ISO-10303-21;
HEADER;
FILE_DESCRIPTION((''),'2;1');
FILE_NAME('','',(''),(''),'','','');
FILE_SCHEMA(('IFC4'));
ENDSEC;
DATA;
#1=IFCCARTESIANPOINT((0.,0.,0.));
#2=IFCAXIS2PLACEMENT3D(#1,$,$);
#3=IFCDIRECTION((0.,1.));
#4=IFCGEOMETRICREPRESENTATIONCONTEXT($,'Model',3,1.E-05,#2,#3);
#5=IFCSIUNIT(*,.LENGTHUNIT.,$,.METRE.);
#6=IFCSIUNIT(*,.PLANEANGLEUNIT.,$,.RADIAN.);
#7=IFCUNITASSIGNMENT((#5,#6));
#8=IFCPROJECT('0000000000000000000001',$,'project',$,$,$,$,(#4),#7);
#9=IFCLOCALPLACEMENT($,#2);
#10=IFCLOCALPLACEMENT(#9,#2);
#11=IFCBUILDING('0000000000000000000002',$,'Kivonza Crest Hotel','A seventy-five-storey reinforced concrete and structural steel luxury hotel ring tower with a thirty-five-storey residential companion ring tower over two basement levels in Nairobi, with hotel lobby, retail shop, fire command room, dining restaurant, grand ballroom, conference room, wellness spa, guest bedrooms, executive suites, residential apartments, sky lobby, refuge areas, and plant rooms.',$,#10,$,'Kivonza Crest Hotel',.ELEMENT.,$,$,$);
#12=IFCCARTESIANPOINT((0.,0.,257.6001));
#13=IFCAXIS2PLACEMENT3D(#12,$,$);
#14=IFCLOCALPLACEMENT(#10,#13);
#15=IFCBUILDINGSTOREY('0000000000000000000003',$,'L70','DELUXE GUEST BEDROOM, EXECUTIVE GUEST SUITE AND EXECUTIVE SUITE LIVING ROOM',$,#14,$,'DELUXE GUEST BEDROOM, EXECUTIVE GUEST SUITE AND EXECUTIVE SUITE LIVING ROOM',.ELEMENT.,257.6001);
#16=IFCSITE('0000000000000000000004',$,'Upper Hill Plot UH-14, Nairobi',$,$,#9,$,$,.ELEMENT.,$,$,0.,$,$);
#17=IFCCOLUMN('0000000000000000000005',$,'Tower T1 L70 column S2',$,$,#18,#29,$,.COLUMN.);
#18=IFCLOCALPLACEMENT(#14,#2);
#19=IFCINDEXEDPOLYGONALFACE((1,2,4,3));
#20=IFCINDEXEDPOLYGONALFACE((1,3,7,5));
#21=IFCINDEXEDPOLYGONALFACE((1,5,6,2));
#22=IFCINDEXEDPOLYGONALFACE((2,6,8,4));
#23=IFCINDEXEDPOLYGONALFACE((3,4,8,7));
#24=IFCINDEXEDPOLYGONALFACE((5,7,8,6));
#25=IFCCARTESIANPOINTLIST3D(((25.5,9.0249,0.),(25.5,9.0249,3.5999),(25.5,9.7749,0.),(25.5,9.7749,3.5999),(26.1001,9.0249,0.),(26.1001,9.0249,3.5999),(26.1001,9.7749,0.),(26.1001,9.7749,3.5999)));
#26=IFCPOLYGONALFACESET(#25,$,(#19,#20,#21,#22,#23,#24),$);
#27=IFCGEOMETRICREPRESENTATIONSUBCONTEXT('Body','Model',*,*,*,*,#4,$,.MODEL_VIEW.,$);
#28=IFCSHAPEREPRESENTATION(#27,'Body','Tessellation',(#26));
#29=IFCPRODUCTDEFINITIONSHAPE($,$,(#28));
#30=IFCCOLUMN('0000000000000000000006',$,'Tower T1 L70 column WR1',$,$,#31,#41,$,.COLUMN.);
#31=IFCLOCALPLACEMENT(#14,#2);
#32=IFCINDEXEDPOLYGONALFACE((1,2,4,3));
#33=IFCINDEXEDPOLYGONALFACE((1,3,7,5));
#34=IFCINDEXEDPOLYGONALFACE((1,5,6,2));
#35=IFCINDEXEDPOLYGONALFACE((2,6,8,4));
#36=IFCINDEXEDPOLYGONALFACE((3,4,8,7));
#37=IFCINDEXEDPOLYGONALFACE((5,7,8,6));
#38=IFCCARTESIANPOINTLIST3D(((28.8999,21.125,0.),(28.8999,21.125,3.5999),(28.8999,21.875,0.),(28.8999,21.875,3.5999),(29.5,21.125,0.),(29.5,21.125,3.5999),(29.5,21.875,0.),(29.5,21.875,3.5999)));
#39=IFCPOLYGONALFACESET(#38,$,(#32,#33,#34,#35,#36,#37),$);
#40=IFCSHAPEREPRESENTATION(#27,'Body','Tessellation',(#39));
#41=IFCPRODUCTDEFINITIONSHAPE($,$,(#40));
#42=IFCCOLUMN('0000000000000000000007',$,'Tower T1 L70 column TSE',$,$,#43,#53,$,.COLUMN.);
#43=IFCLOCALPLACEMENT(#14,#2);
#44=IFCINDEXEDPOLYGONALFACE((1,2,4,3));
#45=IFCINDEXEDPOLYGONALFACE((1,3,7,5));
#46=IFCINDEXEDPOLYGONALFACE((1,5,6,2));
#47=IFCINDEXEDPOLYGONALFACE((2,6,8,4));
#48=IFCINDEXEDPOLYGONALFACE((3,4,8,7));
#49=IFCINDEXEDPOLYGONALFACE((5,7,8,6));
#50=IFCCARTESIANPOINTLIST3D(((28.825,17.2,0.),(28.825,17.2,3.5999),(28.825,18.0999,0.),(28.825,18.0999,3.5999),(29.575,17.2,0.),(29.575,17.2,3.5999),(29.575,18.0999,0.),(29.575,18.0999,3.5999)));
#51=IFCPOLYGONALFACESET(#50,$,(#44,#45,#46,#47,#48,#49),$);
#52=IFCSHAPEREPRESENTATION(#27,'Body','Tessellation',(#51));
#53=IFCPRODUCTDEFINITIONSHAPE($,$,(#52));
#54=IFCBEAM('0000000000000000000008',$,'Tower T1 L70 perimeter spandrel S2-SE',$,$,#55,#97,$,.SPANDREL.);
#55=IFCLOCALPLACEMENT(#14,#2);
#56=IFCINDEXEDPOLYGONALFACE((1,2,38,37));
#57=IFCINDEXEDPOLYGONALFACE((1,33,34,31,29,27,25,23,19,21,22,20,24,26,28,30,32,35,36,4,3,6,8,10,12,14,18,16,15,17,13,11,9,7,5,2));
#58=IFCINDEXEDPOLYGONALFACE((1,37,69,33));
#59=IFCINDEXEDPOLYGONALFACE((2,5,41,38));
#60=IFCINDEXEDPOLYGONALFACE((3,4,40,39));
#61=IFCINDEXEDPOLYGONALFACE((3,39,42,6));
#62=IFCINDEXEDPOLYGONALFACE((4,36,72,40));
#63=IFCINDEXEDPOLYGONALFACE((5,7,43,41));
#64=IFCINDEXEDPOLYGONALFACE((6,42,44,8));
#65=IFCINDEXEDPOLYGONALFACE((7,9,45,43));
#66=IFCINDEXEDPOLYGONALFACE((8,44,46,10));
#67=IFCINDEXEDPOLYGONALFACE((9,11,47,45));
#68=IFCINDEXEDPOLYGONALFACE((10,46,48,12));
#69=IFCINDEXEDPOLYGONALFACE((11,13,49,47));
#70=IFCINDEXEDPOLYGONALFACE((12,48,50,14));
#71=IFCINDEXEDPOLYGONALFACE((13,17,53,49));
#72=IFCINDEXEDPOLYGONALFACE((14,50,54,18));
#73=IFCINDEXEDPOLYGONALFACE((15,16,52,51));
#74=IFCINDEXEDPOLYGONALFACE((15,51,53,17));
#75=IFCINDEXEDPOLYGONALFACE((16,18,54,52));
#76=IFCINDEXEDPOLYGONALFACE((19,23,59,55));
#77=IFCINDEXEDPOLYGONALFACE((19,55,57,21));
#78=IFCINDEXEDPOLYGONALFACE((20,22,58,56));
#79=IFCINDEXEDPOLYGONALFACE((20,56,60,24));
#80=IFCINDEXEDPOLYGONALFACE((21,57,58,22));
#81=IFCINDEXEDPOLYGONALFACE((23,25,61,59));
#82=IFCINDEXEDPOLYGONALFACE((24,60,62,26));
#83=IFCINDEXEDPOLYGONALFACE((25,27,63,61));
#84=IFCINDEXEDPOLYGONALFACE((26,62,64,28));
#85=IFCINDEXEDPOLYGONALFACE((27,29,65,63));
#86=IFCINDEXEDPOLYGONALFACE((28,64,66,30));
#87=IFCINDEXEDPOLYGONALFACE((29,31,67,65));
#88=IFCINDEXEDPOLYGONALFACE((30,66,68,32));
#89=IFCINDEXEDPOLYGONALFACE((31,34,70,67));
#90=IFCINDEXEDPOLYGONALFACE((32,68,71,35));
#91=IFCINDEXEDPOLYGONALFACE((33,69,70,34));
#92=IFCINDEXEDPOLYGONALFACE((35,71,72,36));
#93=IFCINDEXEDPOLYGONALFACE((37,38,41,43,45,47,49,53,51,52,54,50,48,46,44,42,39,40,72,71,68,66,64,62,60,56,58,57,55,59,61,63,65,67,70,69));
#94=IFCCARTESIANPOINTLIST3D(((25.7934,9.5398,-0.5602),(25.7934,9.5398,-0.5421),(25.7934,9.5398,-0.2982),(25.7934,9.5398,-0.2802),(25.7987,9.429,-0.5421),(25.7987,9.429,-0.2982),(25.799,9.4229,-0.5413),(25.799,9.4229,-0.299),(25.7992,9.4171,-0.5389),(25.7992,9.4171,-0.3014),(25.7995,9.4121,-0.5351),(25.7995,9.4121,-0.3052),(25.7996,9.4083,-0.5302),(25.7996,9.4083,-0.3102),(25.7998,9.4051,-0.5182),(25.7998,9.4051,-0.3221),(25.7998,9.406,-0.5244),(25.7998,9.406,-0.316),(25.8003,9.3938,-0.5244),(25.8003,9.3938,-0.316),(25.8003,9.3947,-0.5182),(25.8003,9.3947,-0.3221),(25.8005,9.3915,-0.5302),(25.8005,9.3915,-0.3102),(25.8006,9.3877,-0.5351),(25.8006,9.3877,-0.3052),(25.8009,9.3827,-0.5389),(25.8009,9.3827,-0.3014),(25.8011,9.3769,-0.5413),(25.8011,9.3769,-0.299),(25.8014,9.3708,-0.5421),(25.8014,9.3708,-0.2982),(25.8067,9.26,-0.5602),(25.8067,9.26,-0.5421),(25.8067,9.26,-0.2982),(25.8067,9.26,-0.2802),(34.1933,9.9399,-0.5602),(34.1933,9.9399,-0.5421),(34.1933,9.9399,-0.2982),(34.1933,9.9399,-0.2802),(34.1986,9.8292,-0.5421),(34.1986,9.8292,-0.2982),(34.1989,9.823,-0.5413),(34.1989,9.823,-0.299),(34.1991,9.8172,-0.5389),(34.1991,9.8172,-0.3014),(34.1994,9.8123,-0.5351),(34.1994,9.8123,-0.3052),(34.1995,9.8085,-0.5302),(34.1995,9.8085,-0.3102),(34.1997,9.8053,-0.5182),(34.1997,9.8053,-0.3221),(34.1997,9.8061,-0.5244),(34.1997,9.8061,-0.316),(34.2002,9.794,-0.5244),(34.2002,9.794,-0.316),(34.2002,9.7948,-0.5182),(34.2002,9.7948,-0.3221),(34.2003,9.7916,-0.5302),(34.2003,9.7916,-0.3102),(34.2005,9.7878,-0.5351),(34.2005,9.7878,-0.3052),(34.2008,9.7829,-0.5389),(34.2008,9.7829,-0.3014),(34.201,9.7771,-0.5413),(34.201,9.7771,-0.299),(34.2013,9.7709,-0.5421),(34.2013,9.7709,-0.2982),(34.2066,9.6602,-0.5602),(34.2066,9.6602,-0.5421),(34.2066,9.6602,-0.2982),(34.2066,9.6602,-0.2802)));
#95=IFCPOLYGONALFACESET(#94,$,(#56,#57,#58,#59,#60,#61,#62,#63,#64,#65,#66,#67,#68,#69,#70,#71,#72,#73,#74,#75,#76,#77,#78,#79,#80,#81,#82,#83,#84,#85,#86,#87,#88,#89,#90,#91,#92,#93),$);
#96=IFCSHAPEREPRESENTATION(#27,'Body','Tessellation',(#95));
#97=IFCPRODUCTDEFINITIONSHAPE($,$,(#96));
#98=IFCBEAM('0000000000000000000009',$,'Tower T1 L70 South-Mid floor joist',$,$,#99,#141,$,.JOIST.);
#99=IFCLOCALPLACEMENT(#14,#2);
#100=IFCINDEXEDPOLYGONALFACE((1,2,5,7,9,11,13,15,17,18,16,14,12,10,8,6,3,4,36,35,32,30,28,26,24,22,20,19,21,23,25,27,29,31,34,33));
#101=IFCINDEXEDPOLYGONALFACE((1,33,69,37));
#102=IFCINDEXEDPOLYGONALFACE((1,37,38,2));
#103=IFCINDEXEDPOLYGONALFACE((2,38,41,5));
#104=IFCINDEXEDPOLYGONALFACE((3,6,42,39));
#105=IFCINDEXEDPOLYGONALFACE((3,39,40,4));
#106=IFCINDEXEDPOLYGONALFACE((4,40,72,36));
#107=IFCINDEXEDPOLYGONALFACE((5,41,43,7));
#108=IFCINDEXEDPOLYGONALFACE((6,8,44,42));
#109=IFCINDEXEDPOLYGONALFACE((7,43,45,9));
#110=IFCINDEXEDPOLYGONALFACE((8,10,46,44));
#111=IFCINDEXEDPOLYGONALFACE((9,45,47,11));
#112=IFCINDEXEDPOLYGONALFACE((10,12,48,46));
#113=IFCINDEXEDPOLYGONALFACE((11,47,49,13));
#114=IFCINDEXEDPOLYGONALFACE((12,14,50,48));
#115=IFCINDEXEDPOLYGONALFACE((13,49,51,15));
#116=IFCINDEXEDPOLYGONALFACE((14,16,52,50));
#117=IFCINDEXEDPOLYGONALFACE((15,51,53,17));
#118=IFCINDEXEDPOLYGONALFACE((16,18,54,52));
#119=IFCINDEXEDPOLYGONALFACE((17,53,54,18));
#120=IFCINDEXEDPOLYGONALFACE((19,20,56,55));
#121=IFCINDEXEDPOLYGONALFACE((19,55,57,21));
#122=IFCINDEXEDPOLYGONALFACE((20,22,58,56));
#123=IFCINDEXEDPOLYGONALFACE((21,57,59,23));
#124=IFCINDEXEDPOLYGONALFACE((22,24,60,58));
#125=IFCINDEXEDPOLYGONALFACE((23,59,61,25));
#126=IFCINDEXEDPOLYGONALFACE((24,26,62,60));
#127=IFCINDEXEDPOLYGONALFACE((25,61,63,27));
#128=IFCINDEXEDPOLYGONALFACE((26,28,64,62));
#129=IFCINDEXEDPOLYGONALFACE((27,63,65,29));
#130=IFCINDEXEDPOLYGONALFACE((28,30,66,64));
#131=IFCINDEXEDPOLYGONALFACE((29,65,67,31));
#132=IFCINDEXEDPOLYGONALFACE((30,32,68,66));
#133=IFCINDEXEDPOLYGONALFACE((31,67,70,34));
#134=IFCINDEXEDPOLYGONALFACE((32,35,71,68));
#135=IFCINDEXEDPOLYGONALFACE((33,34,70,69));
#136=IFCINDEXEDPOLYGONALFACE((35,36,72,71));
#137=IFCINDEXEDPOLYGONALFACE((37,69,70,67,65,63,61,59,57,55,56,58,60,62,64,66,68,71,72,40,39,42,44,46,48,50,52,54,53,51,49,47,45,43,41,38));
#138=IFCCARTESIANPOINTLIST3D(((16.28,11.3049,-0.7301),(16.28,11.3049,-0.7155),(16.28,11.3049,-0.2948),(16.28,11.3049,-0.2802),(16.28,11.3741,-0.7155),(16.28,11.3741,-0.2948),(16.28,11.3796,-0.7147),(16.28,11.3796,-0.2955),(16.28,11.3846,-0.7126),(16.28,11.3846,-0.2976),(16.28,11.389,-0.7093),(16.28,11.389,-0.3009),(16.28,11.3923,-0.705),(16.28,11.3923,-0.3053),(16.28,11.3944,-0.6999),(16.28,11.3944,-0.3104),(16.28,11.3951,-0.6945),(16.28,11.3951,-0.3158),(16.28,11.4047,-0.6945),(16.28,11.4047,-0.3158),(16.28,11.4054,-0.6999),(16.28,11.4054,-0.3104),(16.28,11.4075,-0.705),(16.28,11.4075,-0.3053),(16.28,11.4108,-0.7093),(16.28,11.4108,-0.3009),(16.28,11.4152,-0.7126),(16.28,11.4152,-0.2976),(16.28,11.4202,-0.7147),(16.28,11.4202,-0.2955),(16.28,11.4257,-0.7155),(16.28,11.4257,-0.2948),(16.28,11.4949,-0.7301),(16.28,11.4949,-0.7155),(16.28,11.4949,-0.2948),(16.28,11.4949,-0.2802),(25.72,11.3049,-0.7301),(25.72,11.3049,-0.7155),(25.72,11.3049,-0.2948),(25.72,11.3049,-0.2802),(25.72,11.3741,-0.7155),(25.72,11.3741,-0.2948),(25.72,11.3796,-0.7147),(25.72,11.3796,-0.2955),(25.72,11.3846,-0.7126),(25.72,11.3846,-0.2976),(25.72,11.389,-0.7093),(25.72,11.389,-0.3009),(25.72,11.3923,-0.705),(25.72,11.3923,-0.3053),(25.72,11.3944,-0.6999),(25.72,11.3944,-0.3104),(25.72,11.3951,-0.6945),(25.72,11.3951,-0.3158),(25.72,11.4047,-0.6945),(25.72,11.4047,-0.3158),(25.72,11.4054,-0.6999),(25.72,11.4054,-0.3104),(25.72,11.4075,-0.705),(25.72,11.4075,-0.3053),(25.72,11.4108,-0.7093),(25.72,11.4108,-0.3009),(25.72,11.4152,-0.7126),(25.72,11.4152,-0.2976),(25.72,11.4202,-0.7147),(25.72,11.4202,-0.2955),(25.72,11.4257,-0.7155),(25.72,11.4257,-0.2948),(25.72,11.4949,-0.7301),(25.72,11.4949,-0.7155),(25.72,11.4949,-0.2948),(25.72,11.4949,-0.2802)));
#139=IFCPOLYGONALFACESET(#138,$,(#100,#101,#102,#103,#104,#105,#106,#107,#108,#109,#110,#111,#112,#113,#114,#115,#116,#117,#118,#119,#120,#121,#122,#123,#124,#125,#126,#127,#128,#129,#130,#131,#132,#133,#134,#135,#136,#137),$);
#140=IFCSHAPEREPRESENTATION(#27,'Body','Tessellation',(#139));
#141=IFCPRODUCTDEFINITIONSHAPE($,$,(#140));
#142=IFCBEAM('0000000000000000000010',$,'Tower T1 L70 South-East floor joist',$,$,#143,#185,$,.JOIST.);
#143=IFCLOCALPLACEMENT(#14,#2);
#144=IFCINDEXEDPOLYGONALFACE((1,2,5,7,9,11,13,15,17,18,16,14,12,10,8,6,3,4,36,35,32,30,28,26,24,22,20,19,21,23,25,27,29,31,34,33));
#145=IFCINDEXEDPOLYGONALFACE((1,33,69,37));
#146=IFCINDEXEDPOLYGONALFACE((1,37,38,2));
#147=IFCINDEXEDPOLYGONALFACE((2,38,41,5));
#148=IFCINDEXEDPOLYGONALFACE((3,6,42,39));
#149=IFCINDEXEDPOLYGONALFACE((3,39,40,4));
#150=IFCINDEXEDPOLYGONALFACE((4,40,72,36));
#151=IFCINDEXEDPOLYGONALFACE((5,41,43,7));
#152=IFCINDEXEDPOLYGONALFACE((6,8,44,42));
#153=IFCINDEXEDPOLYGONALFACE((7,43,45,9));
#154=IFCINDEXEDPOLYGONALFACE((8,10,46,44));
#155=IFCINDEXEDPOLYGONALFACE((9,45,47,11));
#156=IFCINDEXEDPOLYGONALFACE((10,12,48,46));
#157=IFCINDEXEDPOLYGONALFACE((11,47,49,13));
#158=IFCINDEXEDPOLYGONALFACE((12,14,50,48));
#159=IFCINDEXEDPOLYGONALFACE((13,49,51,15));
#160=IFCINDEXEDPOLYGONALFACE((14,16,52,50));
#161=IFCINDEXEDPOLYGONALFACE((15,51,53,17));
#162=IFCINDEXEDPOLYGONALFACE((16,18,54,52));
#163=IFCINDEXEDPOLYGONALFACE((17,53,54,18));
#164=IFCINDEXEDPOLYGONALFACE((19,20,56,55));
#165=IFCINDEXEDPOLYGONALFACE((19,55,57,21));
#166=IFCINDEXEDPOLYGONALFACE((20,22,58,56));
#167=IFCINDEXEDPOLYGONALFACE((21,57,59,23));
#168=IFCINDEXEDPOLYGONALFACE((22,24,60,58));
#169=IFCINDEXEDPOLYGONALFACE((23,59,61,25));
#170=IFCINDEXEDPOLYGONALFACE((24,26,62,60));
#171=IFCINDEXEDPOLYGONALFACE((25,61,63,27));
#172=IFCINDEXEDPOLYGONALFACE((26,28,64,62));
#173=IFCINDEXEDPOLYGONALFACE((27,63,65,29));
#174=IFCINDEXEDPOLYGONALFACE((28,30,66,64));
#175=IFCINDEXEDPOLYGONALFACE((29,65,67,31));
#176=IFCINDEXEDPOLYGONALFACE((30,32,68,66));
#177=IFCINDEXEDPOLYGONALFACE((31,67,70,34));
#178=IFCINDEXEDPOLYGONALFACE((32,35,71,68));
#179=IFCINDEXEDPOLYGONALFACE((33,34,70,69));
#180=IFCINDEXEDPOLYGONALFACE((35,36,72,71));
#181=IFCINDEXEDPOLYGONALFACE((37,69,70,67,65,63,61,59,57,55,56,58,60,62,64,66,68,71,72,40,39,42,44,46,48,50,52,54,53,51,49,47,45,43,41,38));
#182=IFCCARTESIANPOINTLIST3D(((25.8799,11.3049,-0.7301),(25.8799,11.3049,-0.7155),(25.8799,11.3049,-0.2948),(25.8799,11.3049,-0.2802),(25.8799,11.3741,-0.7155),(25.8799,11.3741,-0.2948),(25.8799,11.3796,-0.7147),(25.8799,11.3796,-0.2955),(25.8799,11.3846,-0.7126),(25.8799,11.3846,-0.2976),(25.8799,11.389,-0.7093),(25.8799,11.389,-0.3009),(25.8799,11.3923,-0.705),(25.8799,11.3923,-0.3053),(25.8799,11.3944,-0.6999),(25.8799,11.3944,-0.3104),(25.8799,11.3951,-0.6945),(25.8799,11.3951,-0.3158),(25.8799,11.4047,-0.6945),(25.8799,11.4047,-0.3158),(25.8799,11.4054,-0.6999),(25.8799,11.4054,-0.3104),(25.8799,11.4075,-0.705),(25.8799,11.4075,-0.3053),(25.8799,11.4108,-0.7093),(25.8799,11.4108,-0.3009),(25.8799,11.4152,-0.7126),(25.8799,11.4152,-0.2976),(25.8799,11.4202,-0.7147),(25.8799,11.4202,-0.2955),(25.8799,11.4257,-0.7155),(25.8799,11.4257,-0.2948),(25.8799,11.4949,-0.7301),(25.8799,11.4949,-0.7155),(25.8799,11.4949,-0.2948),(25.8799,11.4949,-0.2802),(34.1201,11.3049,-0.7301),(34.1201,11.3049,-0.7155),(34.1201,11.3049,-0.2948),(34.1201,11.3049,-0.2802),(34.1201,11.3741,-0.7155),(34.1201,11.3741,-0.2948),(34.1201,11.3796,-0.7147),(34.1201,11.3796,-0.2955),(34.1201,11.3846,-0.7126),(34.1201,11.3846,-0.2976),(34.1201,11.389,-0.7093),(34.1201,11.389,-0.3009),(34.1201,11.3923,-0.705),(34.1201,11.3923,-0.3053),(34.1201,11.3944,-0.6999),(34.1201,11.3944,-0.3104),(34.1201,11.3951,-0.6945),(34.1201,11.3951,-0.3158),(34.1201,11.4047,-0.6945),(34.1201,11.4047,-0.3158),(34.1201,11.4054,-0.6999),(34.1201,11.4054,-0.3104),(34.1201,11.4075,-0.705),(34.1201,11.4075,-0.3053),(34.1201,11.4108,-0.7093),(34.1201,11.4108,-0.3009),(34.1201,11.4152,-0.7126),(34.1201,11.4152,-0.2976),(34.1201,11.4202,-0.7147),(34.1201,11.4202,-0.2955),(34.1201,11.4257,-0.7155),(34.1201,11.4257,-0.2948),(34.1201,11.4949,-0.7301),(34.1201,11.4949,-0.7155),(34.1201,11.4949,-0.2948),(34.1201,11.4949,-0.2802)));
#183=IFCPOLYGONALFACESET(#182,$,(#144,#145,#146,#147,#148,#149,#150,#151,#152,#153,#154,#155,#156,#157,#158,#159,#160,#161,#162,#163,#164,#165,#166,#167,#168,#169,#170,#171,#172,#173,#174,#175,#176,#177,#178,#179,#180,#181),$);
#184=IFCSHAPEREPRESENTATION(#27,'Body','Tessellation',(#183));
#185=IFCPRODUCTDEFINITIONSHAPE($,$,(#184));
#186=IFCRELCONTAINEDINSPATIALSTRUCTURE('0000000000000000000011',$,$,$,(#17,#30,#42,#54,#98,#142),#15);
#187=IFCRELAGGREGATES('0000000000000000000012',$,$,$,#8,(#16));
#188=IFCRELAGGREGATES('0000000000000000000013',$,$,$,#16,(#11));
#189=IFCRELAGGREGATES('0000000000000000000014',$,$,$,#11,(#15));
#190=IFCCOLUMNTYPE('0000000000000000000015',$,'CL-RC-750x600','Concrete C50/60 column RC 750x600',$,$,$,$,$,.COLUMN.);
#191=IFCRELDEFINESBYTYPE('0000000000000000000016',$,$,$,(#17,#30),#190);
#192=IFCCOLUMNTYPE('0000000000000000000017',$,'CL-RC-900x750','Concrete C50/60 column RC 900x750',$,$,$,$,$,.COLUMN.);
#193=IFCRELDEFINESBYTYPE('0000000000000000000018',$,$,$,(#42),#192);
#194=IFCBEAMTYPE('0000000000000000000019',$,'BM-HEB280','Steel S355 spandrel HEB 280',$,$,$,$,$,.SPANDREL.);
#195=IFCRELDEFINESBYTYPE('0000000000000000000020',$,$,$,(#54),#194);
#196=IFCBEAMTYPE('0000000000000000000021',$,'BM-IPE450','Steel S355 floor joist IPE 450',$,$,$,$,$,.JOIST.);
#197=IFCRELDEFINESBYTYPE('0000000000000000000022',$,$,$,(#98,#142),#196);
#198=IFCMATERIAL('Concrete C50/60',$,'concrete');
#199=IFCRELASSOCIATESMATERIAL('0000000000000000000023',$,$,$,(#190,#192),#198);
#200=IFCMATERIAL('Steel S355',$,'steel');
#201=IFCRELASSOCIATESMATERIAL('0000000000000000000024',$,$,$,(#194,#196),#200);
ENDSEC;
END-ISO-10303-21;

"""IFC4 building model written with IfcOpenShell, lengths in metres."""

from ifc_helpers import new_model, si_unit, direction, frame, origin, origin_2d, place, context, subcontext, project, spatial, rectangle, i_section, extrude, material, material_profile, profile_set, type_object, element, save


model = new_model("IFC4")

# Units and contexts
model_context = context("Model", 3, precision=1e-05, world=origin(), true_north=direction((0.0, 1.0)))
body_context = subcontext(model_context, "Body", "Model", "MODEL_VIEW")
ifc_project = project(units=[si_unit("LENGTHUNIT", "METRE"), si_unit("PLANEANGLEUNIT", "RADIAN")], contexts=[model_context])

# Site, building, storey
site_placement = place(None, origin())
site = spatial("IfcSite", under=ifc_project, at=site_placement, Name="Upper Hill Plot UH-14, Nairobi", CompositionType="ELEMENT", RefElevation=0.0)
building_placement = place(site_placement, origin())
building = spatial("IfcBuilding", under=site, at=building_placement, Name="Kivonza Crest Hotel", Description="A seventy-five-storey reinforced concrete and structural steel luxury hotel ring tower with a thirty-five-storey residential companion ring tower over two basement levels in Nairobi, with hotel lobby, retail shop, fire command room, dining restaurant, grand ballroom, conference room, wellness spa, guest bedrooms, executive suites, residential apartments, sky lobby, refuge areas, and plant rooms.", LongName="Kivonza Crest Hotel", CompositionType="ELEMENT")
storey_placement = place(building_placement, frame((0.0, 0.0, 257.6001)))
storey = spatial("IfcBuildingStorey", under=building, at=storey_placement, Name="L70", Description="DELUXE GUEST BEDROOM, EXECUTIVE GUEST SUITE AND EXECUTIVE SUITE LIVING ROOM", LongName="DELUXE GUEST BEDROOM, EXECUTIVE GUEST SUITE AND EXECUTIVE SUITE LIVING ROOM", CompositionType="ELEMENT", Elevation=257.6001)

# Columns
ifc_material_1 = material(Name="Concrete C50/60", Category="concrete")
ifc_material_profile_1 = material_profile(ifc_material_1, rectangle(XDim=0.6001, YDim=0.75, at=origin_2d()), Name="RC 750x600")
ifc_profile_set_1 = profile_set([ifc_material_profile_1], Name="Concrete C50/60")
column_type_1 = type_object("IfcColumnType", Name="CL-RC-750x600", Description="Concrete C50/60 column RC 750x600", PredefinedType="COLUMN", material=ifc_profile_set_1)
for number, where, z_axis, x_axis, name in (
    (1, (25.8, 9.3999, 0.0), (0.0, 0.0, 1.0), (1.0, 0.0, 0.0), "Tower T1 L70 column S2"),
    (2, (29.2, 21.5, 0.0), (0.0, 0.0, 1.0), (1.0, 0.0, 0.0), "Tower T1 L70 column WR1"),
):
    element("IfcColumn", number, at=place(storey_placement, frame(where, z_axis=z_axis, x_axis=x_axis)), inside=storey, type_object=column_type_1, Name=name, PredefinedType="COLUMN", context=body_context, shape_type="SweptSolid", body=[
        extrude(rectangle(XDim=0.6001, YDim=0.75, at=origin_2d()), origin(), (0.0, 0.0, 1.0), 3.5999),
    ])
ifc_material_profile_2 = material_profile(ifc_material_1, rectangle(XDim=0.75, YDim=0.8999, at=origin_2d()), Name="RC 900x750")
ifc_profile_set_2 = profile_set([ifc_material_profile_2], Name="Concrete C50/60")
column_type_2 = type_object("IfcColumnType", Name="CL-RC-900x750", Description="Concrete C50/60 column RC 900x750", PredefinedType="COLUMN", material=ifc_profile_set_2)
column_placement = place(storey_placement, frame((29.2, 17.6499, 0.0), z_axis=(0.0, 0.0, 1.0), x_axis=(1.0, 0.0, 0.0)))
element("IfcColumn", 3, at=column_placement, inside=storey, type_object=column_type_2, Name="Tower T1 L70 column TSE", PredefinedType="COLUMN", context=body_context, shape_type="SweptSolid", body=[
    extrude(rectangle(XDim=0.75, YDim=0.8999, at=origin_2d()), origin(), (0.0, 0.0, 1.0), 3.5999),
])

# Beams
ifc_material_2 = material(Name="Steel S355", Category="steel")
ifc_material_profile_3 = material_profile(ifc_material_2, i_section(OverallWidth=0.28, OverallDepth=0.28, WebThickness=0.0105, FlangeThickness=0.0181, FilletRadius=0.0239, at=origin_2d()), Name="HEB 280")
ifc_profile_set_3 = profile_set([ifc_material_profile_3], Name="Steel S355")
beam_type_1 = type_object("IfcBeamType", Name="BM-HEB280", Description="Steel S355 spandrel HEB 280", PredefinedType="SPANDREL", material=ifc_profile_set_3)
beam_1_placement = place(storey_placement, frame((25.8, 9.3999, -0.4202), z_axis=(0.998867, 0.047583, 0.0), x_axis=(-0.047583, 0.998867, 0.0)))
element("IfcBeam", 4, at=beam_1_placement, inside=storey, type_object=beam_type_1, Name="Tower T1 L70 perimeter spandrel S2-SE", PredefinedType="SPANDREL", context=body_context, shape_type="SweptSolid", body=[
    extrude(i_section(OverallWidth=0.28, OverallDepth=0.28, WebThickness=0.0105, FlangeThickness=0.0181, FilletRadius=0.0239, at=origin_2d()), origin(), (0.0, 0.0, 1.0), 8.4094),
])
ifc_material_profile_4 = material_profile(ifc_material_2, i_section(OverallWidth=0.1899, OverallDepth=0.45, WebThickness=0.0095, FlangeThickness=0.0146, FilletRadius=0.021, at=origin_2d()), Name="IPE 450")
ifc_profile_set_4 = profile_set([ifc_material_profile_4], Name="Steel S355")
beam_type_2 = type_object("IfcBeamType", Name="BM-IPE450", Description="Steel S355 floor joist IPE 450", PredefinedType="JOIST", material=ifc_profile_set_4)
beam_2_placement = place(storey_placement, frame((16.28, 11.3999, -0.5051), z_axis=(1.0, 0.0, 0.0), x_axis=(0.0, 1.0, 0.0)))
element("IfcBeam", 5, at=beam_2_placement, inside=storey, type_object=beam_type_2, Name="Tower T1 L70 South-Mid floor joist", PredefinedType="JOIST", context=body_context, shape_type="SweptSolid", body=[
    extrude(i_section(OverallWidth=0.1899, OverallDepth=0.45, WebThickness=0.0095, FlangeThickness=0.0146, FilletRadius=0.021, at=origin_2d()), origin(), (0.0, 0.0, 1.0), 9.4399),
])
beam_3_placement = place(storey_placement, frame((25.8799, 11.3999, -0.5051), z_axis=(1.0, 0.0, 0.0), x_axis=(0.0, 1.0, 0.0)))
element("IfcBeam", 6, at=beam_3_placement, inside=storey, type_object=beam_type_2, Name="Tower T1 L70 South-East floor joist", PredefinedType="JOIST", context=body_context, shape_type="SweptSolid", body=[
    extrude(i_section(OverallWidth=0.1899, OverallDepth=0.45, WebThickness=0.0095, FlangeThickness=0.0146, FilletRadius=0.021, at=origin_2d()), origin(), (0.0, 0.0, 1.0), 8.2402),
])

save(model, "model.ifc")
